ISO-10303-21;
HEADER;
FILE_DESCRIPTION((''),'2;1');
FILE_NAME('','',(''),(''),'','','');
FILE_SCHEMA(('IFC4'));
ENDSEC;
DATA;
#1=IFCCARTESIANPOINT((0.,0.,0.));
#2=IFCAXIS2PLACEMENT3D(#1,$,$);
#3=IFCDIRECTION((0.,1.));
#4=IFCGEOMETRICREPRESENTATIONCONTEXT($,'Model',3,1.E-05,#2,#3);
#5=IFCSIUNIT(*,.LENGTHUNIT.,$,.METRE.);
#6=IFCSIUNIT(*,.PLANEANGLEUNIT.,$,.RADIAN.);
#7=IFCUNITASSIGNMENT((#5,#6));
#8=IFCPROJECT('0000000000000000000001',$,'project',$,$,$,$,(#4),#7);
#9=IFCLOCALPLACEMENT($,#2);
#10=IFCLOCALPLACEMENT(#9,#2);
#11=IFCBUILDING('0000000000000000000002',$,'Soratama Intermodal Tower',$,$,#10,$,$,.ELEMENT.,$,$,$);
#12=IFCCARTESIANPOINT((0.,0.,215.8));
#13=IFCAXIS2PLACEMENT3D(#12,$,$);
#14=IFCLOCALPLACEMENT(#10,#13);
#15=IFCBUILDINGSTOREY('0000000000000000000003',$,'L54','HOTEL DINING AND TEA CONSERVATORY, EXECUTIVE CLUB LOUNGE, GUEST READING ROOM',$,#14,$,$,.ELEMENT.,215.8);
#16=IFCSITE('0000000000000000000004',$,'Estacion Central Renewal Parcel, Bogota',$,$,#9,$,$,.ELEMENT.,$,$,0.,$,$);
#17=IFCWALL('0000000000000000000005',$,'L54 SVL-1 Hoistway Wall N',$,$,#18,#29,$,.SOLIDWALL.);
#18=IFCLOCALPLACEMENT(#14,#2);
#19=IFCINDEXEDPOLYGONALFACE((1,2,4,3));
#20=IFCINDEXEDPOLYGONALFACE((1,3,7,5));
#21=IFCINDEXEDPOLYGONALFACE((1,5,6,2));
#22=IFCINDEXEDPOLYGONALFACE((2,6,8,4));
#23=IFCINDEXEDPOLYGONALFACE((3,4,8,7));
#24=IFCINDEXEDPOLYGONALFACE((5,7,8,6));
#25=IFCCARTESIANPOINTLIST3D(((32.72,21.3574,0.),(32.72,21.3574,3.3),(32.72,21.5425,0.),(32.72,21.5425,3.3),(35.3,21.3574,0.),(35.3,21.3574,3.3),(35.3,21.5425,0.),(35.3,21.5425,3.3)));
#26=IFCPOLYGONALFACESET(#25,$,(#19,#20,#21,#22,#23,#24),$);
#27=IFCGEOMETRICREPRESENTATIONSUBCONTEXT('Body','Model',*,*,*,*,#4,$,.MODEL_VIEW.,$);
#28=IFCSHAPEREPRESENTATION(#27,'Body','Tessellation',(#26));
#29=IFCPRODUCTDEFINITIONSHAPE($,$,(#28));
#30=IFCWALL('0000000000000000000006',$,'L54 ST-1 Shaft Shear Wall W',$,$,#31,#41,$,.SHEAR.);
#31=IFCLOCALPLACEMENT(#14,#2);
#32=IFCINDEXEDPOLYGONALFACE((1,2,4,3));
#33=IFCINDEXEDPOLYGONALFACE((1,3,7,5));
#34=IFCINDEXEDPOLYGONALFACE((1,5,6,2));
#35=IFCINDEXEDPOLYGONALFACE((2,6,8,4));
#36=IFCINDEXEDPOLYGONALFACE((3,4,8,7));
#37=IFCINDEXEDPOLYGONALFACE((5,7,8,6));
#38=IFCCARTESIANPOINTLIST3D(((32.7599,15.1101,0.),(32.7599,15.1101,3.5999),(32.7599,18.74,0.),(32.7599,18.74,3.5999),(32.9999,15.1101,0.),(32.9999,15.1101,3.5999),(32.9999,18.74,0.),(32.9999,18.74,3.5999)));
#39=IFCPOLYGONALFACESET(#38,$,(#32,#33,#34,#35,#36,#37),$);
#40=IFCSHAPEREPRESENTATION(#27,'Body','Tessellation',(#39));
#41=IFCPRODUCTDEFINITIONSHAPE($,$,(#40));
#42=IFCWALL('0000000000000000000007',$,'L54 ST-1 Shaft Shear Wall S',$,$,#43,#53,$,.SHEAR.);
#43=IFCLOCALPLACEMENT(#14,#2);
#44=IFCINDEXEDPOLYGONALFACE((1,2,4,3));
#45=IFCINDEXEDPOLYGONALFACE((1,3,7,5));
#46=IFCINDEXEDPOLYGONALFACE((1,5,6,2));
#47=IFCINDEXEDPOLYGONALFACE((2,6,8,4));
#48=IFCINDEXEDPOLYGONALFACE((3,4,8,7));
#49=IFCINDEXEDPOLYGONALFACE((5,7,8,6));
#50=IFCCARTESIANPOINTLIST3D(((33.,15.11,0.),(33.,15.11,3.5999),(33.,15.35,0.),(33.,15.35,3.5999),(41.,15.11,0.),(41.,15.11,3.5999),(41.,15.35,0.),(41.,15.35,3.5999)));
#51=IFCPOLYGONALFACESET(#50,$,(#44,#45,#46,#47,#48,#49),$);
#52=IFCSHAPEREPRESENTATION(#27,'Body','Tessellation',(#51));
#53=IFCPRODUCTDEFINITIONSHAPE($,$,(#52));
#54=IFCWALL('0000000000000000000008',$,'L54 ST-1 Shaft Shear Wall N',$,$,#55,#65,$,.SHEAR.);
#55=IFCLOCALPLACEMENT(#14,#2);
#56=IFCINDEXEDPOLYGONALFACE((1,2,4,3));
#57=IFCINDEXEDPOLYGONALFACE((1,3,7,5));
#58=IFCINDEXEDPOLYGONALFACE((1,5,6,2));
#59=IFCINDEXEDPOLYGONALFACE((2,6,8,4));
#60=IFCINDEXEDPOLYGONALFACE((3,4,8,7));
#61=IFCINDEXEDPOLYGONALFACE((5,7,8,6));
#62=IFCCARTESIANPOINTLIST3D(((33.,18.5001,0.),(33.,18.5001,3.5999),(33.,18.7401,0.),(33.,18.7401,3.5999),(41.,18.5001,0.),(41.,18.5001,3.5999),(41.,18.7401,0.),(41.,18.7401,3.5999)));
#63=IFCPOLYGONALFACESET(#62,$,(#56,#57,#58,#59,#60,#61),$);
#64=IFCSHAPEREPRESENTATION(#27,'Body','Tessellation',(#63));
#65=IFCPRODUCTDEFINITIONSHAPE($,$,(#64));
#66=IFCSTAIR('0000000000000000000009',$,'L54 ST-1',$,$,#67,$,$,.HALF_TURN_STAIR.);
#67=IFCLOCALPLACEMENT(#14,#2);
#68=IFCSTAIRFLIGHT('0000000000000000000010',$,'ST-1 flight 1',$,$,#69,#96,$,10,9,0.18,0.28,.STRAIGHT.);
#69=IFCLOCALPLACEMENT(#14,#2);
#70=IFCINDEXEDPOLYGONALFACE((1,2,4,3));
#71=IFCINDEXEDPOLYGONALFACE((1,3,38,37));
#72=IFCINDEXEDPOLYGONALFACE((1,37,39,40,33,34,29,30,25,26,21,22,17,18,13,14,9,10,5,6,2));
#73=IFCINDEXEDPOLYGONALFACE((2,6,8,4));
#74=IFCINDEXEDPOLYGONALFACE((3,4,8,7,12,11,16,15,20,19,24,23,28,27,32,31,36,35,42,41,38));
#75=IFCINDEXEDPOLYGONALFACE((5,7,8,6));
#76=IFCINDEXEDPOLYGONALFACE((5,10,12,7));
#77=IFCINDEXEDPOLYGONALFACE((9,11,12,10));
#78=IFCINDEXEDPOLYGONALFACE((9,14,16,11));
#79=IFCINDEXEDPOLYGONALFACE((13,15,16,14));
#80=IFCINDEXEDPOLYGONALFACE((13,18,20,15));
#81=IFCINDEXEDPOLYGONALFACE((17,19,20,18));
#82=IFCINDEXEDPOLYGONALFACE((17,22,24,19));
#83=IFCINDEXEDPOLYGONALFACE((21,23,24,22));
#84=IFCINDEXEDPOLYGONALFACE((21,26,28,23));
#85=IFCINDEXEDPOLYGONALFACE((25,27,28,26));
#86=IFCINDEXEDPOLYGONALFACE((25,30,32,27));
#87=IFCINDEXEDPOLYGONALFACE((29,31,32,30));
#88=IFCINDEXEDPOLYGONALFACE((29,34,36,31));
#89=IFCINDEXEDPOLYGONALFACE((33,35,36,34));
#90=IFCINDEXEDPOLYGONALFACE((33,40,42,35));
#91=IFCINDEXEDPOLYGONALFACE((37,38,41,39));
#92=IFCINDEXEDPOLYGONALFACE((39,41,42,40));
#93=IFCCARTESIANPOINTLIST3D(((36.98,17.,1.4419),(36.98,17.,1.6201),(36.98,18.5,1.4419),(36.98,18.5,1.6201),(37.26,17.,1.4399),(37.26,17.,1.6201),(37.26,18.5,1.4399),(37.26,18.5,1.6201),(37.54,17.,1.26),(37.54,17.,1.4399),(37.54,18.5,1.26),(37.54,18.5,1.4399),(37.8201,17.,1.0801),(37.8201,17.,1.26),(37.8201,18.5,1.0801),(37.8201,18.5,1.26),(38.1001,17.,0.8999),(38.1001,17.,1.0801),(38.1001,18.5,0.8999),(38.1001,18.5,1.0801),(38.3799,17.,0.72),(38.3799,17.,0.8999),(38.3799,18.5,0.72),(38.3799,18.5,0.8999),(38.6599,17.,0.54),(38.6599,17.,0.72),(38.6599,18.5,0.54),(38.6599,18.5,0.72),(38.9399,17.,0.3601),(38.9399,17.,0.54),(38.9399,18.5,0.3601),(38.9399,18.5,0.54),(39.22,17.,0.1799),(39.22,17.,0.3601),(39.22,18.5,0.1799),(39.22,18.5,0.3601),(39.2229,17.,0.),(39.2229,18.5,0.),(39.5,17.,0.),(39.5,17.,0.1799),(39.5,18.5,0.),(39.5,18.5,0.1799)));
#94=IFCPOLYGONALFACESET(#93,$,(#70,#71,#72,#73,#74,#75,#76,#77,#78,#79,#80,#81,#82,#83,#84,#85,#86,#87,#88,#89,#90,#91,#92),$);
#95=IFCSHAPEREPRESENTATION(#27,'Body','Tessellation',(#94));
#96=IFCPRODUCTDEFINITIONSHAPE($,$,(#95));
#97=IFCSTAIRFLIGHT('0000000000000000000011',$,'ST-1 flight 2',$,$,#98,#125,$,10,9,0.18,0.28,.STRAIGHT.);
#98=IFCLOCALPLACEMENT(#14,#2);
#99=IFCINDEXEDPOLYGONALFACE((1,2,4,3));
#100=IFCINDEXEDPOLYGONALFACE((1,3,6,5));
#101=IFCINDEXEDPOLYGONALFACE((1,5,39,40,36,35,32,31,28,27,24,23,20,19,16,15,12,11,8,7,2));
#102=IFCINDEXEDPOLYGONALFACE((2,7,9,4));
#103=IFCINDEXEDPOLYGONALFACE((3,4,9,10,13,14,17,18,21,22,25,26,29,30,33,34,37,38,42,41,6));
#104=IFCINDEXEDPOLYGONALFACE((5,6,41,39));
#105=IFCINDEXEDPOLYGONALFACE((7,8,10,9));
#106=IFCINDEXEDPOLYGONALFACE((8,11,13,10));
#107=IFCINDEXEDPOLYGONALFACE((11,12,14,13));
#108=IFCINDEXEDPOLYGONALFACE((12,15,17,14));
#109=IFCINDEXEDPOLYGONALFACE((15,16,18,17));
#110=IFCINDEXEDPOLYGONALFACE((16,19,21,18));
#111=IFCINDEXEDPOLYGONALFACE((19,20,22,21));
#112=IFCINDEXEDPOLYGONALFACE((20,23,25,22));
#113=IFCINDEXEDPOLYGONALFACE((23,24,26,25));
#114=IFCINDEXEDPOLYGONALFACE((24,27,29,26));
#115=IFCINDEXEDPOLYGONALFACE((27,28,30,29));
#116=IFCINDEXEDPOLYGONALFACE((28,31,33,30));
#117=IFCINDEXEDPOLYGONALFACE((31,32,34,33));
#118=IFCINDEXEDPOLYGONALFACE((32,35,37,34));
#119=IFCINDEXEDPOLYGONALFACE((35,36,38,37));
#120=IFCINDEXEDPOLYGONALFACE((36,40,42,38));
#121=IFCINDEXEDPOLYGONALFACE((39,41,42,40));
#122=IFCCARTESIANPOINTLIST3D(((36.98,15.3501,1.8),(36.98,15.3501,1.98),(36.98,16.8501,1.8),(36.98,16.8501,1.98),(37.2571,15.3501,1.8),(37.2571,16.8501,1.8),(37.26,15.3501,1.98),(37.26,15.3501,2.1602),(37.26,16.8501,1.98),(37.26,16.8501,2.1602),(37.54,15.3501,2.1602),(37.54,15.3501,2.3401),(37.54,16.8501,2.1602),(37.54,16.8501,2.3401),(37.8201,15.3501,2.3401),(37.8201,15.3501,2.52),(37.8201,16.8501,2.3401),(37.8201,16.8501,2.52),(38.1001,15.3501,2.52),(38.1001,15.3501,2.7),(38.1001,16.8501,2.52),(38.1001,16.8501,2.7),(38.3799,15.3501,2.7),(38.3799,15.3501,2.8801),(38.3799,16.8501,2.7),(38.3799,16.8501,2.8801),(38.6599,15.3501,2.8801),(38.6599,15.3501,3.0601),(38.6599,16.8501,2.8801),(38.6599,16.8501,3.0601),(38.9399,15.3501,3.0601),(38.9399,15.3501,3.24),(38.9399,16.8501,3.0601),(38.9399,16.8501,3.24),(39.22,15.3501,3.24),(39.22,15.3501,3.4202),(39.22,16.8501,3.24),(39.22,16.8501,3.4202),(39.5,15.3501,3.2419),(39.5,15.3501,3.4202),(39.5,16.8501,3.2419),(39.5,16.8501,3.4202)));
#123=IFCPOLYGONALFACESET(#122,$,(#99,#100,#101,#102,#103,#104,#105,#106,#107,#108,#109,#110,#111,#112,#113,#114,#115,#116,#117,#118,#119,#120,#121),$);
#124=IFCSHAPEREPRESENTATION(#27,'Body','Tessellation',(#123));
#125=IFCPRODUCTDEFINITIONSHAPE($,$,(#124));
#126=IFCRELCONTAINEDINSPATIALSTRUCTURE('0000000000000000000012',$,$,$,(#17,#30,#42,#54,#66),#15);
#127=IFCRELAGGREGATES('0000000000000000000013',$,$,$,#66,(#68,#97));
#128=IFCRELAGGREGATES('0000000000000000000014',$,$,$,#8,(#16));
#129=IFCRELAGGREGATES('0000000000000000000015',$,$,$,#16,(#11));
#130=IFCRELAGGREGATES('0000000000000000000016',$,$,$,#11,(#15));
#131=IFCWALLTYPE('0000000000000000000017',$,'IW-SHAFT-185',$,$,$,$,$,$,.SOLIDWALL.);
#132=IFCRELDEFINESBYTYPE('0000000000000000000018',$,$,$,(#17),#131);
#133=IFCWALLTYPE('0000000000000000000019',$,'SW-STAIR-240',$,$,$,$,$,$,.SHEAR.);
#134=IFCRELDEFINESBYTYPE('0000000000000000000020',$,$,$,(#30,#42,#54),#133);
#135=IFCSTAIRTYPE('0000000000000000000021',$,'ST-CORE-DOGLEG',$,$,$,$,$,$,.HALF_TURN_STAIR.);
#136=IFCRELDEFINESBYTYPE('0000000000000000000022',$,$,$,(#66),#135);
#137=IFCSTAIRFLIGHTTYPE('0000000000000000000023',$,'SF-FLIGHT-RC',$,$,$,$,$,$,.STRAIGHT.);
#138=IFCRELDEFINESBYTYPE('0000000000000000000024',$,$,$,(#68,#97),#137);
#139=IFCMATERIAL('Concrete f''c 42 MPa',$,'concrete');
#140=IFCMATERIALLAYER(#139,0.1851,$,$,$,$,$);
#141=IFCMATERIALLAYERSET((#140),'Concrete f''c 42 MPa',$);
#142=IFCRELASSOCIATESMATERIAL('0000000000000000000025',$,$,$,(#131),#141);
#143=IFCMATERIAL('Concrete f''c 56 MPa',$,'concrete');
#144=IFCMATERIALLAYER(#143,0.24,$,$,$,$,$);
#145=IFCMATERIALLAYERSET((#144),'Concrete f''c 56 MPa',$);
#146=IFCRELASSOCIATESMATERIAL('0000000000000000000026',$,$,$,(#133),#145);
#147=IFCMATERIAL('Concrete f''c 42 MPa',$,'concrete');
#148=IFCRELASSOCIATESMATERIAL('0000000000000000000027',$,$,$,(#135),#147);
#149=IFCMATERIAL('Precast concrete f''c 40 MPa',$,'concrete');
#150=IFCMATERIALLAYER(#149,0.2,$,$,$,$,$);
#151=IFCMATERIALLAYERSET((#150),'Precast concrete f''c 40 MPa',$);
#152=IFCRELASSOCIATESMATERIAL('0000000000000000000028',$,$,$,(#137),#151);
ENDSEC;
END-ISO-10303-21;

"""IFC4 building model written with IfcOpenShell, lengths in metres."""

from ifc_helpers import new_model, si_unit, direction, frame, frame_2d, origin, place, context, subcontext, project, spatial, polyline, rectangle, outline, extrude, material, layer, layer_set, type_object, element, aggregate, save


model = new_model("IFC4")

# Units and contexts
model_context = context("Model", 3, precision=1e-05, world=origin(), true_north=direction((0.0, 1.0)))
body_context = subcontext(model_context, "Body", "Model", "MODEL_VIEW")
ifc_project = project(units=[si_unit("LENGTHUNIT", "METRE"), si_unit("PLANEANGLEUNIT", "RADIAN")], contexts=[model_context])

# Site, building, storey
site_placement = place(None, origin())
site = spatial("IfcSite", under=ifc_project, at=site_placement, Name="Estacion Central Renewal Parcel, Bogota", CompositionType="ELEMENT", RefElevation=0.0)
building_placement = place(site_placement, origin())
building = spatial("IfcBuilding", under=site, at=building_placement, Name="Soratama Intermodal Tower", CompositionType="ELEMENT")
storey_placement = place(building_placement, frame((0.0, 0.0, 215.8)))
storey = spatial("IfcBuildingStorey", under=building, at=storey_placement, Name="L54", Description="HOTEL DINING AND TEA CONSERVATORY, EXECUTIVE CLUB LOUNGE, GUEST READING ROOM", CompositionType="ELEMENT", Elevation=215.8)

# Shared definitions
ifc_material_1 = material(Name="Concrete f'c 42 MPa", Category="concrete")
ifc_layer_1 = layer(ifc_material_1, 0.1851)
ifc_layer_set_1 = layer_set([ifc_layer_1], Name="Concrete f'c 42 MPa")
wall_type_1 = type_object("IfcWallType", Name="IW-SHAFT-185", PredefinedType="SOLIDWALL", material=ifc_layer_set_1)

# Wall
wall_1_placement = place(storey_placement, frame((32.72, 21.45, 0.0), z_axis=(0.0, 0.0, 1.0), x_axis=(1.0, 0.0, 0.0)))
element("IfcWall", 1, at=wall_1_placement, inside=storey, type_object=wall_type_1, Name="L54 SVL-1 Hoistway Wall N", PredefinedType="SOLIDWALL", context=body_context, shape_type="SweptSolid", body=[
    extrude(rectangle(XDim=2.5801, YDim=0.1851, at=frame_2d((1.29, 0.0))), origin(), (0.0, 0.0, 1.0), 3.3),
])

# Walls
ifc_material_2 = material(Name="Concrete f'c 56 MPa", Category="concrete")
ifc_layer_2 = layer(ifc_material_2, 0.24)
ifc_layer_set_2 = layer_set([ifc_layer_2], Name="Concrete f'c 56 MPa")
wall_type_2 = type_object("IfcWallType", Name="SW-STAIR-240", PredefinedType="SHEAR", material=ifc_layer_set_2)
wall_2_placement = place(storey_placement, frame((32.8799, 15.1101, 0.0), z_axis=(0.0, 0.0, 1.0), x_axis=(0.0, 1.0, 0.0)))
element("IfcWall", 2, at=wall_2_placement, inside=storey, type_object=wall_type_2, Name="L54 ST-1 Shaft Shear Wall W", PredefinedType="SHEAR", context=body_context, shape_type="SweptSolid", body=[
    extrude(rectangle(XDim=3.6299, YDim=0.24, at=frame_2d((1.8149, 0.0))), origin(), (0.0, 0.0, 1.0), 3.5999),
])
for number, where, z_axis, x_axis, name in (
    (3, (33.0, 15.23, 0.0), (0.0, 0.0, 1.0), (1.0, 0.0, 0.0), "L54 ST-1 Shaft Shear Wall S"),
    (4, (33.0, 18.6201, 0.0), (0.0, 0.0, 1.0), (1.0, 0.0, 0.0), "L54 ST-1 Shaft Shear Wall N"),
):
    element("IfcWall", number, at=place(storey_placement, frame(where, z_axis=z_axis, x_axis=x_axis)), inside=storey, type_object=wall_type_2, Name=name, PredefinedType="SHEAR", context=body_context, shape_type="SweptSolid", body=[
        extrude(rectangle(XDim=8.0, YDim=0.24, at=frame_2d((4.0, 0.0))), origin(), (0.0, 0.0, 1.0), 3.5999),
    ])

# Stair, stair flights
ifc_material_3 = material(Name="Concrete f'c 42 MPa", Category="concrete")
stair_type = type_object("IfcStairType", Name="ST-CORE-DOGLEG", PredefinedType="HALF_TURN_STAIR", material=ifc_material_3)
stair_placement = place(storey_placement, origin())
stair = element("IfcStair", 5, at=stair_placement, inside=storey, type_object=stair_type, Name="L54 ST-1", PredefinedType="HALF_TURN_STAIR")
ifc_material_4 = material(Name="Precast concrete f'c 40 MPa", Category="concrete")
ifc_layer_3 = layer(ifc_material_4, 0.2)
ifc_layer_set_3 = layer_set([ifc_layer_3], Name="Precast concrete f'c 40 MPa")
stair_flight_type = type_object("IfcStairFlightType", Name="SF-FLIGHT-RC", PredefinedType="STRAIGHT", material=ifc_layer_set_3)
stair_flight_1_placement = place(storey_placement, frame((39.5, 17.75, 0.0), z_axis=(0.0, 0.0, 1.0), x_axis=(-1.0, 0.0, 0.0)))
stair_flight_1 = element("IfcStairFlight", 6, at=stair_flight_1_placement, type_object=stair_flight_type, Name="ST-1 flight 1", NumberOfRisers=10, NumberOfTreads=9, PredefinedType="STRAIGHT", RiserHeight=0.18, TreadLength=0.28, context=body_context, shape_type="SweptSolid", body=[
    extrude(outline(polyline([(0.0, 0.0), (0.0, 0.1799), (0.28, 0.1799), (0.28, 0.3601), (0.5601, 0.3601), (0.5601, 0.54), (0.8401, 0.54), (0.8401, 0.72), (1.1201, 0.72), (1.1201, 0.8999), (1.3999, 0.8999), (1.3999, 1.0801), (1.6799, 1.0801), (1.6799, 1.26), (1.96, 1.26), (1.96, 1.4399), (2.24, 1.4399), (2.24, 1.6201), (2.52, 1.6201), (2.52, 1.8), (2.52, 1.4419), (0.2771, 0.0), (0.0, 0.0)])), frame((0.0, 0.75, 0.0), z_axis=(0.0, -1.0, 0.0), x_axis=(1.0, 0.0, 0.0)), (0.0, 0.0, 1.0), 1.5),
])
stair_flight_2_placement = place(storey_placement, frame((36.98, 16.1001, 1.8), z_axis=(0.0, 0.0, 1.0), x_axis=(1.0, 0.0, 0.0)))
stair_flight_2 = element("IfcStairFlight", 7, at=stair_flight_2_placement, type_object=stair_flight_type, Name="ST-1 flight 2", NumberOfRisers=10, NumberOfTreads=9, PredefinedType="STRAIGHT", RiserHeight=0.18, TreadLength=0.28, context=body_context, shape_type="SweptSolid", body=[
    extrude(outline(polyline([(0.0, 0.0), (0.0, 0.1799), (0.28, 0.1799), (0.28, 0.3601), (0.5601, 0.3601), (0.5601, 0.54), (0.8401, 0.54), (0.8401, 0.72), (1.1201, 0.72), (1.1201, 0.8999), (1.3999, 0.8999), (1.3999, 1.0801), (1.6799, 1.0801), (1.6799, 1.26), (1.96, 1.26), (1.96, 1.4399), (2.24, 1.4399), (2.24, 1.6201), (2.52, 1.6201), (2.52, 1.8), (2.52, 1.4419), (0.2771, 0.0), (0.0, 0.0)])), frame((0.0, 0.75, 0.0), z_axis=(0.0, -1.0, 0.0), x_axis=(1.0, 0.0, 0.0)), (0.0, 0.0, 1.0), 1.5),
])
aggregate(stair, [stair_flight_1, stair_flight_2])

save(model, "model.ifc")
